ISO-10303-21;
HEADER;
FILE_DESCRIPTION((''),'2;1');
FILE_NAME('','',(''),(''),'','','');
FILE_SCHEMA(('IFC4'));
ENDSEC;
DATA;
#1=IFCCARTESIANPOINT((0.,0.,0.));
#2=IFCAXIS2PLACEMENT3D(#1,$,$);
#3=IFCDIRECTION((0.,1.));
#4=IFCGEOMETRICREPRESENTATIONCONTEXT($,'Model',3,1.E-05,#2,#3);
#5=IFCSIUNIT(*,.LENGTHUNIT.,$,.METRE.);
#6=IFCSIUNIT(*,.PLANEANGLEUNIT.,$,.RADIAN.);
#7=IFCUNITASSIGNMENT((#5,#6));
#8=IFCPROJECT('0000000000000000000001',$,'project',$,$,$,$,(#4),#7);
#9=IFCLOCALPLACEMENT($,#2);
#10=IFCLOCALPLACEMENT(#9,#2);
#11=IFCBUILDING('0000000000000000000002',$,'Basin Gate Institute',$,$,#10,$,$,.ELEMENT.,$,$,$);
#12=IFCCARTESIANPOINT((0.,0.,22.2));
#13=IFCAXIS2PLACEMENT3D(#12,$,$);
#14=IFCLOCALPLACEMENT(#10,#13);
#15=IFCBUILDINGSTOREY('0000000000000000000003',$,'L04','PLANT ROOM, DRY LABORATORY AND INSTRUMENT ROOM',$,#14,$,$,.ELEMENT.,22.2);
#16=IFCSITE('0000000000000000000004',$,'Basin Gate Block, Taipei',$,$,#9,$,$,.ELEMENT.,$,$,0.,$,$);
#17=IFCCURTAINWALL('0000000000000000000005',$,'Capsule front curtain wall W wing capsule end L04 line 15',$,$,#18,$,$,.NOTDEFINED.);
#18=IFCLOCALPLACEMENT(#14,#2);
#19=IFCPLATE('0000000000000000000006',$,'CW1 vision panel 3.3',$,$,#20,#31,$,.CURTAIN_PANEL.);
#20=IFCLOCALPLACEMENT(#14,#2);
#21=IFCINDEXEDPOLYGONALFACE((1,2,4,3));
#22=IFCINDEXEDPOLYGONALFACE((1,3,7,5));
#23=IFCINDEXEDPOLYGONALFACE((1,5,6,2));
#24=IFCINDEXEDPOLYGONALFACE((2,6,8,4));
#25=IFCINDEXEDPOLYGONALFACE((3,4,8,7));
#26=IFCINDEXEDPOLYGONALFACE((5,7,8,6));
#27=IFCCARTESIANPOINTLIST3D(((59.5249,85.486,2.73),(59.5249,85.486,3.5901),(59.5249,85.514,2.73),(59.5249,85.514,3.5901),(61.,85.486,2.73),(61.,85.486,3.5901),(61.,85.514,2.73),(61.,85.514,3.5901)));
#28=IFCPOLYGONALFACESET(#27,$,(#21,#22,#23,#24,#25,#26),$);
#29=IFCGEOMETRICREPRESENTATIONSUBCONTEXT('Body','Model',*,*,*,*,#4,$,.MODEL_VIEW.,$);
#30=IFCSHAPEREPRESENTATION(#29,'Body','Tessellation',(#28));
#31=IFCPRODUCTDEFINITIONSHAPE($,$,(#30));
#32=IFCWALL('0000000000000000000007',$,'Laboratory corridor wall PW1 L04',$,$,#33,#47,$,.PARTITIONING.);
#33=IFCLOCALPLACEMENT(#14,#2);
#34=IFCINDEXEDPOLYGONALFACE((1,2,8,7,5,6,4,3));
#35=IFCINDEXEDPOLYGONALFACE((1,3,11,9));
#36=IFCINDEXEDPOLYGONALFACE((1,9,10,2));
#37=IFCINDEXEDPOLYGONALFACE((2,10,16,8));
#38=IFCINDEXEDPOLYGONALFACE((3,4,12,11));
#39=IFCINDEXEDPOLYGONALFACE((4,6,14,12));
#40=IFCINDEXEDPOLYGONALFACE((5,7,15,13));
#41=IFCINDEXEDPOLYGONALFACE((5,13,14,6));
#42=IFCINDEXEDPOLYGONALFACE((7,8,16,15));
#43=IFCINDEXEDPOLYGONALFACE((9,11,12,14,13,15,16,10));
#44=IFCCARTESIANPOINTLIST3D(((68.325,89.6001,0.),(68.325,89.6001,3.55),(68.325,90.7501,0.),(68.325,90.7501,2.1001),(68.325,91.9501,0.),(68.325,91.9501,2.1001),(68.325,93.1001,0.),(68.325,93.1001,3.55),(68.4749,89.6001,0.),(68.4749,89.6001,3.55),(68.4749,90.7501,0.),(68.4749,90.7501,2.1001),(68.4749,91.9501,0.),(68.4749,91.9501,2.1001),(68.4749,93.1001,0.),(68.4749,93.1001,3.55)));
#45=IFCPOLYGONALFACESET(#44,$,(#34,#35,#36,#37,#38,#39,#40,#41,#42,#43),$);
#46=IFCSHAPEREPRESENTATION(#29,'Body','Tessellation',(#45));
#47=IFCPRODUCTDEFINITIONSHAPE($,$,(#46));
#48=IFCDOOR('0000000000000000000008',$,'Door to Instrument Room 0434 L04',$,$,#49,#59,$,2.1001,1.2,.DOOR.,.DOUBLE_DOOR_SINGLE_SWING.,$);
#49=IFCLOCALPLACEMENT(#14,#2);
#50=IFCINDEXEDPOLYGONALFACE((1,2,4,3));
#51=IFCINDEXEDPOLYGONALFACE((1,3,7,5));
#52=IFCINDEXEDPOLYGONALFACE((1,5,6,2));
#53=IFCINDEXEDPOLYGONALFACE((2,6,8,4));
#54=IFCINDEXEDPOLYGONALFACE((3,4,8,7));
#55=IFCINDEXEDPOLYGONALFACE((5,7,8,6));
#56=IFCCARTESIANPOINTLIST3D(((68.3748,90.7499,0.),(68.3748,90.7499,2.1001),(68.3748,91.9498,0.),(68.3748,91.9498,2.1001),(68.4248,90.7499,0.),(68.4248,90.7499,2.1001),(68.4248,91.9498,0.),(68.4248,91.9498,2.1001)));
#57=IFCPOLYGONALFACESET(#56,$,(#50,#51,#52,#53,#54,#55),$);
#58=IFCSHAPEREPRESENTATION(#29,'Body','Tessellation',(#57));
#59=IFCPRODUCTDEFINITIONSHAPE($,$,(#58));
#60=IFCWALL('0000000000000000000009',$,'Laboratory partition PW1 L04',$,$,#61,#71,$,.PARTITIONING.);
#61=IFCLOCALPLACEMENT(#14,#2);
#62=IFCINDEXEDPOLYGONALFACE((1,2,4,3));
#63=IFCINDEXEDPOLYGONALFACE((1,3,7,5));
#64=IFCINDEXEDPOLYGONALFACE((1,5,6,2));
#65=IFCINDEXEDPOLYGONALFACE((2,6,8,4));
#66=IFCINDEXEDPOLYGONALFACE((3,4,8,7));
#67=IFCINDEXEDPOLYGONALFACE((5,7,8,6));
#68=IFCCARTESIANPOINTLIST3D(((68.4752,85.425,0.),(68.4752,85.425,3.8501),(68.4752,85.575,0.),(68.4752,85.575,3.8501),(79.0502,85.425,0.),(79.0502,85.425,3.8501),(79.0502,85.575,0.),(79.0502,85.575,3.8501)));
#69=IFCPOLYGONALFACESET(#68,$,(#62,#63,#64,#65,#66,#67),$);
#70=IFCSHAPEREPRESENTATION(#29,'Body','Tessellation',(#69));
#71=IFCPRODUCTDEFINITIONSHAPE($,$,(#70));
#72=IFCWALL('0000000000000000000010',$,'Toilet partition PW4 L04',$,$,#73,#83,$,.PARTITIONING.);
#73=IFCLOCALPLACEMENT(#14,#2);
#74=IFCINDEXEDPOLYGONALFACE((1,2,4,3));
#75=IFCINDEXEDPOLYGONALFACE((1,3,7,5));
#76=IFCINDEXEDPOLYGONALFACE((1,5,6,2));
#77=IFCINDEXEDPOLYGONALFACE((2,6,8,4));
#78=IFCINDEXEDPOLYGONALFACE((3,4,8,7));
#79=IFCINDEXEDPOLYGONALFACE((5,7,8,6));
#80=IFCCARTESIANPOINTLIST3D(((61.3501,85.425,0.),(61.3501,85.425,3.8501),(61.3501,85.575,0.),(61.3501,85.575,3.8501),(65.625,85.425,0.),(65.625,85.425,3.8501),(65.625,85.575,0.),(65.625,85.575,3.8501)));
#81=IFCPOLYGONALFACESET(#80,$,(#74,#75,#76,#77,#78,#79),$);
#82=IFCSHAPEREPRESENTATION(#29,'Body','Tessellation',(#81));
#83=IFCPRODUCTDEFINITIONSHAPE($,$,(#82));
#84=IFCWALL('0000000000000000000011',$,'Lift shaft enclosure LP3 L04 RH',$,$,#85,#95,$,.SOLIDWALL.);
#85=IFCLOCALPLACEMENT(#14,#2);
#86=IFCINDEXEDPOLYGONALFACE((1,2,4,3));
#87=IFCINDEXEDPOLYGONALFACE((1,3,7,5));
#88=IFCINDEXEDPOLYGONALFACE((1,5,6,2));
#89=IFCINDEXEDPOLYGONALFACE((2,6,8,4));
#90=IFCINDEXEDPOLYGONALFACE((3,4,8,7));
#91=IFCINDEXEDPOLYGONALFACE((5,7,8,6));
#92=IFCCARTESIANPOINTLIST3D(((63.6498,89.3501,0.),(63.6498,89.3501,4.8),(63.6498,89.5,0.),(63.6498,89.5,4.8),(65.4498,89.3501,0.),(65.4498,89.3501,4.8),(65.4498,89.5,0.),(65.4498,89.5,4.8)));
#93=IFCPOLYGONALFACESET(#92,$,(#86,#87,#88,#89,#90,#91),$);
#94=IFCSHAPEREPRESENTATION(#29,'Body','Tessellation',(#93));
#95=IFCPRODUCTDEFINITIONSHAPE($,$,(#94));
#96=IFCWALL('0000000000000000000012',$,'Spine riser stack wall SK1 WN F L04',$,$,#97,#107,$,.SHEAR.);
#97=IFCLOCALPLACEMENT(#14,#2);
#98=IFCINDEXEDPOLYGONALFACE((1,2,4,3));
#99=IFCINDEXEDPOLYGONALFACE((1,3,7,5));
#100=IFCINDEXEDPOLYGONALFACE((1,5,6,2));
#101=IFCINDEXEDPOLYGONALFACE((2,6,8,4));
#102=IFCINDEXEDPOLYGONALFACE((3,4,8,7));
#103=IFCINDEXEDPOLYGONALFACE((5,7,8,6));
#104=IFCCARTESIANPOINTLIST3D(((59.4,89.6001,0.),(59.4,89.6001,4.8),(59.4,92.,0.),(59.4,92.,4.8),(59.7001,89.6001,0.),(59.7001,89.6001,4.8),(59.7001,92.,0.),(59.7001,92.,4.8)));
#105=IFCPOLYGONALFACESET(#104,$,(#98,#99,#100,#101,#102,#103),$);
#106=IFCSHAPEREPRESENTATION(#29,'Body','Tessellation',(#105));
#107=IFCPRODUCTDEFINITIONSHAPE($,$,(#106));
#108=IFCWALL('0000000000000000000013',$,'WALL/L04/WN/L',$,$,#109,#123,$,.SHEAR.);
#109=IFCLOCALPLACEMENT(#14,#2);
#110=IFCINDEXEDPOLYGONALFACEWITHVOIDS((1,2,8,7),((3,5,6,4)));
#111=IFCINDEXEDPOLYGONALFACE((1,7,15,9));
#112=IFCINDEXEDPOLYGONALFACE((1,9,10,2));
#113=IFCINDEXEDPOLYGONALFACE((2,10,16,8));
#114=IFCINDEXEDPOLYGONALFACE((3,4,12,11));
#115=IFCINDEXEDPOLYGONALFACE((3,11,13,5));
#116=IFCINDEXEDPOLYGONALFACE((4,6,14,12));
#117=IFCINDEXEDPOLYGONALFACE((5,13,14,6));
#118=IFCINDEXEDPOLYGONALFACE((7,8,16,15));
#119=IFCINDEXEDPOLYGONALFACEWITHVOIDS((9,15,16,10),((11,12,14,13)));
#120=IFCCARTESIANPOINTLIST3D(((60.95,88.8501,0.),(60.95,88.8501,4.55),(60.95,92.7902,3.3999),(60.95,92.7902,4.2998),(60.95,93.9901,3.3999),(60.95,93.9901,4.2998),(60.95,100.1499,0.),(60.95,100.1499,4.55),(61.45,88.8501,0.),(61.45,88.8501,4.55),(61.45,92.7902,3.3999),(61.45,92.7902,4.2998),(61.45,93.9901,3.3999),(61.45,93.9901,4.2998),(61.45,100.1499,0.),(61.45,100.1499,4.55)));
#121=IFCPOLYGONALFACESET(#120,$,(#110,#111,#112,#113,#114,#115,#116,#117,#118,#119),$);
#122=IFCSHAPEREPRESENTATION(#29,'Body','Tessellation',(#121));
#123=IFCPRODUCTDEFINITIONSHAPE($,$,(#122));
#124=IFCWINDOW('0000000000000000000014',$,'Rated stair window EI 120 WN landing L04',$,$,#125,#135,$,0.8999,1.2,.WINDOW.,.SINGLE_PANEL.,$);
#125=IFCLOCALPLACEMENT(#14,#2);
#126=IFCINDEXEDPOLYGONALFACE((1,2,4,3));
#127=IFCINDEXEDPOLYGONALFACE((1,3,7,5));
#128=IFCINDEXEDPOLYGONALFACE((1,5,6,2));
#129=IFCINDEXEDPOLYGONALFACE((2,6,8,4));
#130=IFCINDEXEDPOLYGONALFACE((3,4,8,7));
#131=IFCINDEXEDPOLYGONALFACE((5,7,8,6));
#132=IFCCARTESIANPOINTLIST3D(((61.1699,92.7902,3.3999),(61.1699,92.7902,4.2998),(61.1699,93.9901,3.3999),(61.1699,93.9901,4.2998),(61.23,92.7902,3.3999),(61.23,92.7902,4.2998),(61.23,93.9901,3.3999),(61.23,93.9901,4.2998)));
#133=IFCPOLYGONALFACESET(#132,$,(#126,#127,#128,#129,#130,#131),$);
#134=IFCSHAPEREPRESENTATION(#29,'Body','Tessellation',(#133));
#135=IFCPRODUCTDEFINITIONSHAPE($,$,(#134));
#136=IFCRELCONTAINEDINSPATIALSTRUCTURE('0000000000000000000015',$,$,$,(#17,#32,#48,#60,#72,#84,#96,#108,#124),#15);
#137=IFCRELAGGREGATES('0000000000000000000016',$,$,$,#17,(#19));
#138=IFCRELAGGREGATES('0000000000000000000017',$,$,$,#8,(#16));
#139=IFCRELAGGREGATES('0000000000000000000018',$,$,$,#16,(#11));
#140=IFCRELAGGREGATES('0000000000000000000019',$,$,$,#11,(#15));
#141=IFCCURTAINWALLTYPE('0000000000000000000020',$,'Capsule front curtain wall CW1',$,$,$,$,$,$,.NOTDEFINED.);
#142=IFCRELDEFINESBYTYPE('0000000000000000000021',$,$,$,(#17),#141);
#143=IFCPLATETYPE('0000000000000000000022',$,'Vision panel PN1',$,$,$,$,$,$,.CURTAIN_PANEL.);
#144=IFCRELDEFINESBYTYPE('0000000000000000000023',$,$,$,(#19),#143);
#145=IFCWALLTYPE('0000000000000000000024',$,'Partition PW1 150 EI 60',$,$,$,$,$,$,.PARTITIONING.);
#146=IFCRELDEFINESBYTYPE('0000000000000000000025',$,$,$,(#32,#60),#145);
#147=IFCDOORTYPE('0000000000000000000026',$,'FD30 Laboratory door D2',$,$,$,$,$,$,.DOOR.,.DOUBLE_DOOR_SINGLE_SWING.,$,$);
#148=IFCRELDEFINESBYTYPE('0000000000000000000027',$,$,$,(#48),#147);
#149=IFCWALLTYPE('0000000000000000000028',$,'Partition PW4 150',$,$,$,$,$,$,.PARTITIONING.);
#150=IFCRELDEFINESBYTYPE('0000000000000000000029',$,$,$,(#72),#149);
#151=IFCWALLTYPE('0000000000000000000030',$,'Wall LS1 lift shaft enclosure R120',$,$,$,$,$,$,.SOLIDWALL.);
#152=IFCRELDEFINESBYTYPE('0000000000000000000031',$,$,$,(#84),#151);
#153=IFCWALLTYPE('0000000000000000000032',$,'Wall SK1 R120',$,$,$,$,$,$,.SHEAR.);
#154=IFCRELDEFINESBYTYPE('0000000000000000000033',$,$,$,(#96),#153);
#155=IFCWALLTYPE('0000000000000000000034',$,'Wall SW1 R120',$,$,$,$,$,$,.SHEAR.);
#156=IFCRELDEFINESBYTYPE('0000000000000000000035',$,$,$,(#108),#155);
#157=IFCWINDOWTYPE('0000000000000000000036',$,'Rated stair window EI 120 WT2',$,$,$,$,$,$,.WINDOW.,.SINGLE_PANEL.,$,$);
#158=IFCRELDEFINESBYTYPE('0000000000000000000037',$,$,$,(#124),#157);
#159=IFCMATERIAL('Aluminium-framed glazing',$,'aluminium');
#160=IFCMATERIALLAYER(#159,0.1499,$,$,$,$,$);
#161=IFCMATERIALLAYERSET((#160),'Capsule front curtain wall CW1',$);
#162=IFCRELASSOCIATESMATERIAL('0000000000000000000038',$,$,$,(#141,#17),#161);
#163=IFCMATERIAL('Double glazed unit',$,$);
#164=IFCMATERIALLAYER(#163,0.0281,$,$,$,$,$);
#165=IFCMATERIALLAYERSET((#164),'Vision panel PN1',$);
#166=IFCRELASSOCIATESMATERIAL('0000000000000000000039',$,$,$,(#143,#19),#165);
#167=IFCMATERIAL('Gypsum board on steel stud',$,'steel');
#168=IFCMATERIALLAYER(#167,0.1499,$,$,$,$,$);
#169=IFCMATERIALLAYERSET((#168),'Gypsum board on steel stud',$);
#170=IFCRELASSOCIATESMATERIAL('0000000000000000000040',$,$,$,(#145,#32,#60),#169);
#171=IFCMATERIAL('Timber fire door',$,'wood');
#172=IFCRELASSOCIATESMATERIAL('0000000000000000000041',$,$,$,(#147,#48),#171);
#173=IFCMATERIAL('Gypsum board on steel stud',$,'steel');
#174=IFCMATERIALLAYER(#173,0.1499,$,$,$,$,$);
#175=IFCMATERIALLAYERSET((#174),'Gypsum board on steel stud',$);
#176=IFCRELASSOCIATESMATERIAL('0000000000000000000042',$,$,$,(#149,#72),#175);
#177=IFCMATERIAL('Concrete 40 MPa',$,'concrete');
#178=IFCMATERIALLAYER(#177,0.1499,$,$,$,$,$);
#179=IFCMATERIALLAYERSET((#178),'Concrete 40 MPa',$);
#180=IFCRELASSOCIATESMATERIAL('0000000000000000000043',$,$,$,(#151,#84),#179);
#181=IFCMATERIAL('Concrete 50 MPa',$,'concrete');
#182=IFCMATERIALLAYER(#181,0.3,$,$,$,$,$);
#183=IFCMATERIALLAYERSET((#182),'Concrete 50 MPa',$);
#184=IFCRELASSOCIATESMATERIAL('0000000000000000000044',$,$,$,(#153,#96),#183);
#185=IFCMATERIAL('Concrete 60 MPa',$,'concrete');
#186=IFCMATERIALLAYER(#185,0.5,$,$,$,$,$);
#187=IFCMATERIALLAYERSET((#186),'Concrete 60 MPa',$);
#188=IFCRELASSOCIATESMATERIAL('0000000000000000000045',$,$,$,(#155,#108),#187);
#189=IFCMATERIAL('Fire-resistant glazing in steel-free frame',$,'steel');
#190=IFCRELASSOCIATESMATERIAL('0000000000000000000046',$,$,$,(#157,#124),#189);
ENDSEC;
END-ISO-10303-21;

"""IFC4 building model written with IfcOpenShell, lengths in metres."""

from ifc_helpers import new_model, si_unit, direction, frame, frame_2d, origin, origin_2d, place, context, subcontext, project, spatial, rectangle, extrude, material, layer, layer_set, type_object, element, fill, aggregate, save


model = new_model("IFC4")

# Units and contexts
model_context = context("Model", 3, precision=1e-05, world=origin(), true_north=direction((0.0, 1.0)))
body_context = subcontext(model_context, "Body", "Model", "MODEL_VIEW")
ifc_project = project(units=[si_unit("LENGTHUNIT", "METRE"), si_unit("PLANEANGLEUNIT", "RADIAN")], contexts=[model_context])

# Site, building, storey
site_placement = place(None, origin())
site = spatial("IfcSite", under=ifc_project, at=site_placement, Name="Basin Gate Block, Taipei", CompositionType="ELEMENT", RefElevation=0.0)
building_placement = place(site_placement, origin())
building = spatial("IfcBuilding", under=site, at=building_placement, Name="Basin Gate Institute", CompositionType="ELEMENT")
storey_placement = place(building_placement, frame((0.0, 0.0, 22.2)))
storey = spatial("IfcBuildingStorey", under=building, at=storey_placement, Name="L04", Description="PLANT ROOM, DRY LABORATORY AND INSTRUMENT ROOM", CompositionType="ELEMENT", Elevation=22.2)

# Curtain wall
ifc_material_1 = material(Name="Aluminium-framed glazing", Category="aluminium")
ifc_layer_1 = layer(ifc_material_1, 0.1499)
ifc_layer_set_1 = layer_set([ifc_layer_1], Name="Capsule front curtain wall CW1")
curtain_wall_type = type_object("IfcCurtainWallType", Name="Capsule front curtain wall CW1", PredefinedType="NOTDEFINED", material=ifc_layer_set_1)
curtain_wall_1_placement = place(storey_placement, origin())
curtain_wall_1 = element("IfcCurtainWall", 1, at=curtain_wall_1_placement, inside=storey, type_object=curtain_wall_type, material=ifc_layer_set_1, Name="Capsule front curtain wall W wing capsule end L04 line 15", PredefinedType="NOTDEFINED")

# Plate
ifc_material_2 = material(Name="Double glazed unit")
ifc_layer_2 = layer(ifc_material_2, 0.0281)
ifc_layer_set_2 = layer_set([ifc_layer_2], Name="Vision panel PN1")
plate_type_1 = type_object("IfcPlateType", Name="Vision panel PN1", PredefinedType="CURTAIN_PANEL", material=ifc_layer_set_2)
plate_1_placement = place(storey_placement, frame((60.2625, 85.5, 2.73), z_axis=(0.0, 0.0, 1.0), x_axis=(1.0, 0.0, 0.0)))
plate_1 = element("IfcPlate", 2, at=plate_1_placement, type_object=plate_type_1, material=ifc_layer_set_2, Name="CW1 vision panel 3.3", PredefinedType="CURTAIN_PANEL", context=body_context, shape_type="SweptSolid", body=[
    extrude(rectangle(XDim=1.4751, YDim=0.0281, at=origin_2d()), origin(), (0.0, 0.0, 1.0), 0.8601),
])
aggregate(curtain_wall_1, [plate_1])

# Wall, opening, door
ifc_material_3 = material(Name="Gypsum board on steel stud", Category="steel")
ifc_layer_3 = layer(ifc_material_3, 0.1499)
ifc_layer_set_3 = layer_set([ifc_layer_3], Name="Gypsum board on steel stud")
wall_type_1 = type_object("IfcWallType", Name="Partition PW1 150 EI 60", PredefinedType="PARTITIONING", material=ifc_layer_set_3)
wall_1_placement = place(storey_placement, frame((68.3999, 89.6001, 0.0), z_axis=(0.0, 0.0, 1.0), x_axis=(0.0, 1.0, 0.0)))
wall_1 = element("IfcWall", 3, at=wall_1_placement, inside=storey, type_object=wall_type_1, material=ifc_layer_set_3, Name="Laboratory corridor wall PW1 L04", PredefinedType="PARTITIONING", context=body_context, shape_type="SweptSolid", body=[
    extrude(rectangle(XDim=3.5, YDim=0.1499, at=frame_2d((1.75, 0.0))), origin(), (0.0, 0.0, 1.0), 3.55),
])
opening_1_placement = place(wall_1_placement, frame((1.1499, 0.0, 0.0)))
opening_1 = element("IfcOpeningElement", 4, at=opening_1_placement, cuts=wall_1, PredefinedType="OPENING", context=body_context, shape_type="SweptSolid", body=[
    extrude(rectangle(XDim=1.2, YDim=2.1001, at=frame_2d((0.6001, 1.05))), frame((0.0, 0.085, 0.0), z_axis=(0.0, -1.0, 0.0), x_axis=(1.0, 0.0, 0.0)), (0.0, 0.0, 1.0), 0.1699),
])
ifc_material_4 = material(Name="Timber fire door", Category="wood")
door_type_1 = type_object("IfcDoorType", Name="FD30 Laboratory door D2", OperationType="DOUBLE_DOOR_SINGLE_SWING", PredefinedType="DOOR", material=ifc_material_4)
door_1_placement = place(opening_1_placement, frame((1.2, 0.0, 0.0), z_axis=(0.0, 0.0, 1.0), x_axis=(-1.0, 0.0, 0.0)))
door_1 = element("IfcDoor", 5, at=door_1_placement, inside=storey, type_object=door_type_1, material=ifc_material_4, Name="Door to Instrument Room 0434 L04", OperationType="DOUBLE_DOOR_SINGLE_SWING", OverallHeight=2.1001, OverallWidth=1.2, PredefinedType="DOOR", context=body_context, shape_type="SweptSolid", body=[
    extrude(rectangle(XDim=1.2, YDim=2.1001, at=frame_2d((0.6001, 1.05))), frame((0.0, 0.0249, 0.0), z_axis=(0.0, -1.0, 0.0), x_axis=(1.0, 0.0, 0.0)), (0.0, 0.0, 1.0), 0.05),
])
fill(opening_1, door_1)

# Walls
wall_2_placement = place(storey_placement, frame((68.4751, 85.5, 0.0), z_axis=(0.0, 0.0, 1.0), x_axis=(1.0, 0.0, 0.0)))
element("IfcWall", 6, at=wall_2_placement, inside=storey, type_object=wall_type_1, material=ifc_layer_set_3, Name="Laboratory partition PW1 L04", PredefinedType="PARTITIONING", context=body_context, shape_type="SweptSolid", body=[
    extrude(rectangle(XDim=10.575, YDim=0.1499, at=frame_2d((5.2876, 0.0))), origin(), (0.0, 0.0, 1.0), 3.8501),
])
ifc_material_5 = material(Name="Gypsum board on steel stud", Category="steel")
ifc_layer_4 = layer(ifc_material_5, 0.1499)
ifc_layer_set_4 = layer_set([ifc_layer_4], Name="Gypsum board on steel stud")
wall_type_2 = type_object("IfcWallType", Name="Partition PW4 150", PredefinedType="PARTITIONING", material=ifc_layer_set_4)
wall_3_placement = place(storey_placement, frame((61.3501, 85.5, 0.0), z_axis=(0.0, 0.0, 1.0), x_axis=(1.0, 0.0, 0.0)))
element("IfcWall", 7, at=wall_3_placement, inside=storey, type_object=wall_type_2, material=ifc_layer_set_4, Name="Toilet partition PW4 L04", PredefinedType="PARTITIONING", context=body_context, shape_type="SweptSolid", body=[
    extrude(rectangle(XDim=4.2749, YDim=0.1499, at=frame_2d((2.1375, 0.0))), origin(), (0.0, 0.0, 1.0), 3.8501),
])
ifc_material_6 = material(Name="Concrete 40 MPa", Category="concrete")
ifc_layer_5 = layer(ifc_material_6, 0.1499)
ifc_layer_set_5 = layer_set([ifc_layer_5], Name="Concrete 40 MPa")
wall_type_3 = type_object("IfcWallType", Name="Wall LS1 lift shaft enclosure R120", PredefinedType="SOLIDWALL", material=ifc_layer_set_5)
wall_4_placement = place(storey_placement, frame((63.6499, 89.425, 0.0), z_axis=(0.0, 0.0, 1.0), x_axis=(1.0, 0.0, 0.0)))
element("IfcWall", 8, at=wall_4_placement, inside=storey, type_object=wall_type_3, material=ifc_layer_set_5, Name="Lift shaft enclosure LP3 L04 RH", PredefinedType="SOLIDWALL", context=body_context, shape_type="SweptSolid", body=[
    extrude(rectangle(XDim=1.8, YDim=0.1499, at=frame_2d((0.8999, 0.0))), origin(), (0.0, 0.0, 1.0), 4.8),
])
ifc_material_7 = material(Name="Concrete 50 MPa", Category="concrete")
ifc_layer_6 = layer(ifc_material_7, 0.3)
ifc_layer_set_6 = layer_set([ifc_layer_6], Name="Concrete 50 MPa")
wall_type_4 = type_object("IfcWallType", Name="Wall SK1 R120", PredefinedType="SHEAR", material=ifc_layer_set_6)
wall_5_placement = place(storey_placement, frame((59.55, 89.6001, 0.0), z_axis=(0.0, 0.0, 1.0), x_axis=(0.0, 1.0, 0.0)))
element("IfcWall", 9, at=wall_5_placement, inside=storey, type_object=wall_type_4, material=ifc_layer_set_6, Name="Spine riser stack wall SK1 WN F L04", PredefinedType="SHEAR", context=body_context, shape_type="SweptSolid", body=[
    extrude(rectangle(XDim=2.3999, YDim=0.3, at=frame_2d((1.2, 0.0))), origin(), (0.0, 0.0, 1.0), 4.8),
])

# Wall, opening, window
ifc_material_8 = material(Name="Concrete 60 MPa", Category="concrete")
ifc_layer_7 = layer(ifc_material_8, 0.5)
ifc_layer_set_7 = layer_set([ifc_layer_7], Name="Concrete 60 MPa")
wall_type_5 = type_object("IfcWallType", Name="Wall SW1 R120", PredefinedType="SHEAR", material=ifc_layer_set_7)
wall_6_placement = place(storey_placement, frame((61.2, 88.8501, 0.0), z_axis=(0.0, 0.0, 1.0), x_axis=(0.0, 1.0, 0.0)))
wall_6 = element("IfcWall", 10, at=wall_6_placement, inside=storey, type_object=wall_type_5, material=ifc_layer_set_7, Name="WALL/L04/WN/L", PredefinedType="SHEAR", context=body_context, shape_type="SweptSolid", body=[
    extrude(rectangle(XDim=11.2998, YDim=0.5, at=frame_2d((5.6499, 0.0))), origin(), (0.0, 0.0, 1.0), 4.55),
])
opening_2_placement = place(wall_6_placement, frame((3.9399, 0.0, 3.3999)))
opening_2 = element("IfcOpeningElement", 11, at=opening_2_placement, cuts=wall_6, PredefinedType="OPENING", context=body_context, shape_type="SweptSolid", body=[
    extrude(rectangle(XDim=1.2, YDim=0.8999, at=frame_2d((0.6001, 0.45))), frame((0.0, 0.26, 0.0), z_axis=(0.0, -1.0, 0.0), x_axis=(1.0, 0.0, 0.0)), (0.0, 0.0, 1.0), 0.52),
])
ifc_material_9 = material(Name="Fire-resistant glazing in steel-free frame", Category="steel")
window_type = type_object("IfcWindowType", Name="Rated stair window EI 120 WT2", PartitioningType="SINGLE_PANEL", PredefinedType="WINDOW", material=ifc_material_9)
window_placement = place(opening_2_placement, origin())
window = element("IfcWindow", 12, at=window_placement, inside=storey, type_object=window_type, material=ifc_material_9, Name="Rated stair window EI 120 WN landing L04", OverallHeight=0.8999, OverallWidth=1.2, PartitioningType="SINGLE_PANEL", PredefinedType="WINDOW", context=body_context, shape_type="SweptSolid", body=[
    extrude(rectangle(XDim=1.2, YDim=0.8999, at=frame_2d((0.6001, 0.45))), frame((0.0, 0.03, 0.0), z_axis=(0.0, -1.0, 0.0), x_axis=(1.0, 0.0, 0.0)), (0.0, 0.0, 1.0), 0.0601),
])
fill(opening_2, window)

save(model, "model.ifc")
